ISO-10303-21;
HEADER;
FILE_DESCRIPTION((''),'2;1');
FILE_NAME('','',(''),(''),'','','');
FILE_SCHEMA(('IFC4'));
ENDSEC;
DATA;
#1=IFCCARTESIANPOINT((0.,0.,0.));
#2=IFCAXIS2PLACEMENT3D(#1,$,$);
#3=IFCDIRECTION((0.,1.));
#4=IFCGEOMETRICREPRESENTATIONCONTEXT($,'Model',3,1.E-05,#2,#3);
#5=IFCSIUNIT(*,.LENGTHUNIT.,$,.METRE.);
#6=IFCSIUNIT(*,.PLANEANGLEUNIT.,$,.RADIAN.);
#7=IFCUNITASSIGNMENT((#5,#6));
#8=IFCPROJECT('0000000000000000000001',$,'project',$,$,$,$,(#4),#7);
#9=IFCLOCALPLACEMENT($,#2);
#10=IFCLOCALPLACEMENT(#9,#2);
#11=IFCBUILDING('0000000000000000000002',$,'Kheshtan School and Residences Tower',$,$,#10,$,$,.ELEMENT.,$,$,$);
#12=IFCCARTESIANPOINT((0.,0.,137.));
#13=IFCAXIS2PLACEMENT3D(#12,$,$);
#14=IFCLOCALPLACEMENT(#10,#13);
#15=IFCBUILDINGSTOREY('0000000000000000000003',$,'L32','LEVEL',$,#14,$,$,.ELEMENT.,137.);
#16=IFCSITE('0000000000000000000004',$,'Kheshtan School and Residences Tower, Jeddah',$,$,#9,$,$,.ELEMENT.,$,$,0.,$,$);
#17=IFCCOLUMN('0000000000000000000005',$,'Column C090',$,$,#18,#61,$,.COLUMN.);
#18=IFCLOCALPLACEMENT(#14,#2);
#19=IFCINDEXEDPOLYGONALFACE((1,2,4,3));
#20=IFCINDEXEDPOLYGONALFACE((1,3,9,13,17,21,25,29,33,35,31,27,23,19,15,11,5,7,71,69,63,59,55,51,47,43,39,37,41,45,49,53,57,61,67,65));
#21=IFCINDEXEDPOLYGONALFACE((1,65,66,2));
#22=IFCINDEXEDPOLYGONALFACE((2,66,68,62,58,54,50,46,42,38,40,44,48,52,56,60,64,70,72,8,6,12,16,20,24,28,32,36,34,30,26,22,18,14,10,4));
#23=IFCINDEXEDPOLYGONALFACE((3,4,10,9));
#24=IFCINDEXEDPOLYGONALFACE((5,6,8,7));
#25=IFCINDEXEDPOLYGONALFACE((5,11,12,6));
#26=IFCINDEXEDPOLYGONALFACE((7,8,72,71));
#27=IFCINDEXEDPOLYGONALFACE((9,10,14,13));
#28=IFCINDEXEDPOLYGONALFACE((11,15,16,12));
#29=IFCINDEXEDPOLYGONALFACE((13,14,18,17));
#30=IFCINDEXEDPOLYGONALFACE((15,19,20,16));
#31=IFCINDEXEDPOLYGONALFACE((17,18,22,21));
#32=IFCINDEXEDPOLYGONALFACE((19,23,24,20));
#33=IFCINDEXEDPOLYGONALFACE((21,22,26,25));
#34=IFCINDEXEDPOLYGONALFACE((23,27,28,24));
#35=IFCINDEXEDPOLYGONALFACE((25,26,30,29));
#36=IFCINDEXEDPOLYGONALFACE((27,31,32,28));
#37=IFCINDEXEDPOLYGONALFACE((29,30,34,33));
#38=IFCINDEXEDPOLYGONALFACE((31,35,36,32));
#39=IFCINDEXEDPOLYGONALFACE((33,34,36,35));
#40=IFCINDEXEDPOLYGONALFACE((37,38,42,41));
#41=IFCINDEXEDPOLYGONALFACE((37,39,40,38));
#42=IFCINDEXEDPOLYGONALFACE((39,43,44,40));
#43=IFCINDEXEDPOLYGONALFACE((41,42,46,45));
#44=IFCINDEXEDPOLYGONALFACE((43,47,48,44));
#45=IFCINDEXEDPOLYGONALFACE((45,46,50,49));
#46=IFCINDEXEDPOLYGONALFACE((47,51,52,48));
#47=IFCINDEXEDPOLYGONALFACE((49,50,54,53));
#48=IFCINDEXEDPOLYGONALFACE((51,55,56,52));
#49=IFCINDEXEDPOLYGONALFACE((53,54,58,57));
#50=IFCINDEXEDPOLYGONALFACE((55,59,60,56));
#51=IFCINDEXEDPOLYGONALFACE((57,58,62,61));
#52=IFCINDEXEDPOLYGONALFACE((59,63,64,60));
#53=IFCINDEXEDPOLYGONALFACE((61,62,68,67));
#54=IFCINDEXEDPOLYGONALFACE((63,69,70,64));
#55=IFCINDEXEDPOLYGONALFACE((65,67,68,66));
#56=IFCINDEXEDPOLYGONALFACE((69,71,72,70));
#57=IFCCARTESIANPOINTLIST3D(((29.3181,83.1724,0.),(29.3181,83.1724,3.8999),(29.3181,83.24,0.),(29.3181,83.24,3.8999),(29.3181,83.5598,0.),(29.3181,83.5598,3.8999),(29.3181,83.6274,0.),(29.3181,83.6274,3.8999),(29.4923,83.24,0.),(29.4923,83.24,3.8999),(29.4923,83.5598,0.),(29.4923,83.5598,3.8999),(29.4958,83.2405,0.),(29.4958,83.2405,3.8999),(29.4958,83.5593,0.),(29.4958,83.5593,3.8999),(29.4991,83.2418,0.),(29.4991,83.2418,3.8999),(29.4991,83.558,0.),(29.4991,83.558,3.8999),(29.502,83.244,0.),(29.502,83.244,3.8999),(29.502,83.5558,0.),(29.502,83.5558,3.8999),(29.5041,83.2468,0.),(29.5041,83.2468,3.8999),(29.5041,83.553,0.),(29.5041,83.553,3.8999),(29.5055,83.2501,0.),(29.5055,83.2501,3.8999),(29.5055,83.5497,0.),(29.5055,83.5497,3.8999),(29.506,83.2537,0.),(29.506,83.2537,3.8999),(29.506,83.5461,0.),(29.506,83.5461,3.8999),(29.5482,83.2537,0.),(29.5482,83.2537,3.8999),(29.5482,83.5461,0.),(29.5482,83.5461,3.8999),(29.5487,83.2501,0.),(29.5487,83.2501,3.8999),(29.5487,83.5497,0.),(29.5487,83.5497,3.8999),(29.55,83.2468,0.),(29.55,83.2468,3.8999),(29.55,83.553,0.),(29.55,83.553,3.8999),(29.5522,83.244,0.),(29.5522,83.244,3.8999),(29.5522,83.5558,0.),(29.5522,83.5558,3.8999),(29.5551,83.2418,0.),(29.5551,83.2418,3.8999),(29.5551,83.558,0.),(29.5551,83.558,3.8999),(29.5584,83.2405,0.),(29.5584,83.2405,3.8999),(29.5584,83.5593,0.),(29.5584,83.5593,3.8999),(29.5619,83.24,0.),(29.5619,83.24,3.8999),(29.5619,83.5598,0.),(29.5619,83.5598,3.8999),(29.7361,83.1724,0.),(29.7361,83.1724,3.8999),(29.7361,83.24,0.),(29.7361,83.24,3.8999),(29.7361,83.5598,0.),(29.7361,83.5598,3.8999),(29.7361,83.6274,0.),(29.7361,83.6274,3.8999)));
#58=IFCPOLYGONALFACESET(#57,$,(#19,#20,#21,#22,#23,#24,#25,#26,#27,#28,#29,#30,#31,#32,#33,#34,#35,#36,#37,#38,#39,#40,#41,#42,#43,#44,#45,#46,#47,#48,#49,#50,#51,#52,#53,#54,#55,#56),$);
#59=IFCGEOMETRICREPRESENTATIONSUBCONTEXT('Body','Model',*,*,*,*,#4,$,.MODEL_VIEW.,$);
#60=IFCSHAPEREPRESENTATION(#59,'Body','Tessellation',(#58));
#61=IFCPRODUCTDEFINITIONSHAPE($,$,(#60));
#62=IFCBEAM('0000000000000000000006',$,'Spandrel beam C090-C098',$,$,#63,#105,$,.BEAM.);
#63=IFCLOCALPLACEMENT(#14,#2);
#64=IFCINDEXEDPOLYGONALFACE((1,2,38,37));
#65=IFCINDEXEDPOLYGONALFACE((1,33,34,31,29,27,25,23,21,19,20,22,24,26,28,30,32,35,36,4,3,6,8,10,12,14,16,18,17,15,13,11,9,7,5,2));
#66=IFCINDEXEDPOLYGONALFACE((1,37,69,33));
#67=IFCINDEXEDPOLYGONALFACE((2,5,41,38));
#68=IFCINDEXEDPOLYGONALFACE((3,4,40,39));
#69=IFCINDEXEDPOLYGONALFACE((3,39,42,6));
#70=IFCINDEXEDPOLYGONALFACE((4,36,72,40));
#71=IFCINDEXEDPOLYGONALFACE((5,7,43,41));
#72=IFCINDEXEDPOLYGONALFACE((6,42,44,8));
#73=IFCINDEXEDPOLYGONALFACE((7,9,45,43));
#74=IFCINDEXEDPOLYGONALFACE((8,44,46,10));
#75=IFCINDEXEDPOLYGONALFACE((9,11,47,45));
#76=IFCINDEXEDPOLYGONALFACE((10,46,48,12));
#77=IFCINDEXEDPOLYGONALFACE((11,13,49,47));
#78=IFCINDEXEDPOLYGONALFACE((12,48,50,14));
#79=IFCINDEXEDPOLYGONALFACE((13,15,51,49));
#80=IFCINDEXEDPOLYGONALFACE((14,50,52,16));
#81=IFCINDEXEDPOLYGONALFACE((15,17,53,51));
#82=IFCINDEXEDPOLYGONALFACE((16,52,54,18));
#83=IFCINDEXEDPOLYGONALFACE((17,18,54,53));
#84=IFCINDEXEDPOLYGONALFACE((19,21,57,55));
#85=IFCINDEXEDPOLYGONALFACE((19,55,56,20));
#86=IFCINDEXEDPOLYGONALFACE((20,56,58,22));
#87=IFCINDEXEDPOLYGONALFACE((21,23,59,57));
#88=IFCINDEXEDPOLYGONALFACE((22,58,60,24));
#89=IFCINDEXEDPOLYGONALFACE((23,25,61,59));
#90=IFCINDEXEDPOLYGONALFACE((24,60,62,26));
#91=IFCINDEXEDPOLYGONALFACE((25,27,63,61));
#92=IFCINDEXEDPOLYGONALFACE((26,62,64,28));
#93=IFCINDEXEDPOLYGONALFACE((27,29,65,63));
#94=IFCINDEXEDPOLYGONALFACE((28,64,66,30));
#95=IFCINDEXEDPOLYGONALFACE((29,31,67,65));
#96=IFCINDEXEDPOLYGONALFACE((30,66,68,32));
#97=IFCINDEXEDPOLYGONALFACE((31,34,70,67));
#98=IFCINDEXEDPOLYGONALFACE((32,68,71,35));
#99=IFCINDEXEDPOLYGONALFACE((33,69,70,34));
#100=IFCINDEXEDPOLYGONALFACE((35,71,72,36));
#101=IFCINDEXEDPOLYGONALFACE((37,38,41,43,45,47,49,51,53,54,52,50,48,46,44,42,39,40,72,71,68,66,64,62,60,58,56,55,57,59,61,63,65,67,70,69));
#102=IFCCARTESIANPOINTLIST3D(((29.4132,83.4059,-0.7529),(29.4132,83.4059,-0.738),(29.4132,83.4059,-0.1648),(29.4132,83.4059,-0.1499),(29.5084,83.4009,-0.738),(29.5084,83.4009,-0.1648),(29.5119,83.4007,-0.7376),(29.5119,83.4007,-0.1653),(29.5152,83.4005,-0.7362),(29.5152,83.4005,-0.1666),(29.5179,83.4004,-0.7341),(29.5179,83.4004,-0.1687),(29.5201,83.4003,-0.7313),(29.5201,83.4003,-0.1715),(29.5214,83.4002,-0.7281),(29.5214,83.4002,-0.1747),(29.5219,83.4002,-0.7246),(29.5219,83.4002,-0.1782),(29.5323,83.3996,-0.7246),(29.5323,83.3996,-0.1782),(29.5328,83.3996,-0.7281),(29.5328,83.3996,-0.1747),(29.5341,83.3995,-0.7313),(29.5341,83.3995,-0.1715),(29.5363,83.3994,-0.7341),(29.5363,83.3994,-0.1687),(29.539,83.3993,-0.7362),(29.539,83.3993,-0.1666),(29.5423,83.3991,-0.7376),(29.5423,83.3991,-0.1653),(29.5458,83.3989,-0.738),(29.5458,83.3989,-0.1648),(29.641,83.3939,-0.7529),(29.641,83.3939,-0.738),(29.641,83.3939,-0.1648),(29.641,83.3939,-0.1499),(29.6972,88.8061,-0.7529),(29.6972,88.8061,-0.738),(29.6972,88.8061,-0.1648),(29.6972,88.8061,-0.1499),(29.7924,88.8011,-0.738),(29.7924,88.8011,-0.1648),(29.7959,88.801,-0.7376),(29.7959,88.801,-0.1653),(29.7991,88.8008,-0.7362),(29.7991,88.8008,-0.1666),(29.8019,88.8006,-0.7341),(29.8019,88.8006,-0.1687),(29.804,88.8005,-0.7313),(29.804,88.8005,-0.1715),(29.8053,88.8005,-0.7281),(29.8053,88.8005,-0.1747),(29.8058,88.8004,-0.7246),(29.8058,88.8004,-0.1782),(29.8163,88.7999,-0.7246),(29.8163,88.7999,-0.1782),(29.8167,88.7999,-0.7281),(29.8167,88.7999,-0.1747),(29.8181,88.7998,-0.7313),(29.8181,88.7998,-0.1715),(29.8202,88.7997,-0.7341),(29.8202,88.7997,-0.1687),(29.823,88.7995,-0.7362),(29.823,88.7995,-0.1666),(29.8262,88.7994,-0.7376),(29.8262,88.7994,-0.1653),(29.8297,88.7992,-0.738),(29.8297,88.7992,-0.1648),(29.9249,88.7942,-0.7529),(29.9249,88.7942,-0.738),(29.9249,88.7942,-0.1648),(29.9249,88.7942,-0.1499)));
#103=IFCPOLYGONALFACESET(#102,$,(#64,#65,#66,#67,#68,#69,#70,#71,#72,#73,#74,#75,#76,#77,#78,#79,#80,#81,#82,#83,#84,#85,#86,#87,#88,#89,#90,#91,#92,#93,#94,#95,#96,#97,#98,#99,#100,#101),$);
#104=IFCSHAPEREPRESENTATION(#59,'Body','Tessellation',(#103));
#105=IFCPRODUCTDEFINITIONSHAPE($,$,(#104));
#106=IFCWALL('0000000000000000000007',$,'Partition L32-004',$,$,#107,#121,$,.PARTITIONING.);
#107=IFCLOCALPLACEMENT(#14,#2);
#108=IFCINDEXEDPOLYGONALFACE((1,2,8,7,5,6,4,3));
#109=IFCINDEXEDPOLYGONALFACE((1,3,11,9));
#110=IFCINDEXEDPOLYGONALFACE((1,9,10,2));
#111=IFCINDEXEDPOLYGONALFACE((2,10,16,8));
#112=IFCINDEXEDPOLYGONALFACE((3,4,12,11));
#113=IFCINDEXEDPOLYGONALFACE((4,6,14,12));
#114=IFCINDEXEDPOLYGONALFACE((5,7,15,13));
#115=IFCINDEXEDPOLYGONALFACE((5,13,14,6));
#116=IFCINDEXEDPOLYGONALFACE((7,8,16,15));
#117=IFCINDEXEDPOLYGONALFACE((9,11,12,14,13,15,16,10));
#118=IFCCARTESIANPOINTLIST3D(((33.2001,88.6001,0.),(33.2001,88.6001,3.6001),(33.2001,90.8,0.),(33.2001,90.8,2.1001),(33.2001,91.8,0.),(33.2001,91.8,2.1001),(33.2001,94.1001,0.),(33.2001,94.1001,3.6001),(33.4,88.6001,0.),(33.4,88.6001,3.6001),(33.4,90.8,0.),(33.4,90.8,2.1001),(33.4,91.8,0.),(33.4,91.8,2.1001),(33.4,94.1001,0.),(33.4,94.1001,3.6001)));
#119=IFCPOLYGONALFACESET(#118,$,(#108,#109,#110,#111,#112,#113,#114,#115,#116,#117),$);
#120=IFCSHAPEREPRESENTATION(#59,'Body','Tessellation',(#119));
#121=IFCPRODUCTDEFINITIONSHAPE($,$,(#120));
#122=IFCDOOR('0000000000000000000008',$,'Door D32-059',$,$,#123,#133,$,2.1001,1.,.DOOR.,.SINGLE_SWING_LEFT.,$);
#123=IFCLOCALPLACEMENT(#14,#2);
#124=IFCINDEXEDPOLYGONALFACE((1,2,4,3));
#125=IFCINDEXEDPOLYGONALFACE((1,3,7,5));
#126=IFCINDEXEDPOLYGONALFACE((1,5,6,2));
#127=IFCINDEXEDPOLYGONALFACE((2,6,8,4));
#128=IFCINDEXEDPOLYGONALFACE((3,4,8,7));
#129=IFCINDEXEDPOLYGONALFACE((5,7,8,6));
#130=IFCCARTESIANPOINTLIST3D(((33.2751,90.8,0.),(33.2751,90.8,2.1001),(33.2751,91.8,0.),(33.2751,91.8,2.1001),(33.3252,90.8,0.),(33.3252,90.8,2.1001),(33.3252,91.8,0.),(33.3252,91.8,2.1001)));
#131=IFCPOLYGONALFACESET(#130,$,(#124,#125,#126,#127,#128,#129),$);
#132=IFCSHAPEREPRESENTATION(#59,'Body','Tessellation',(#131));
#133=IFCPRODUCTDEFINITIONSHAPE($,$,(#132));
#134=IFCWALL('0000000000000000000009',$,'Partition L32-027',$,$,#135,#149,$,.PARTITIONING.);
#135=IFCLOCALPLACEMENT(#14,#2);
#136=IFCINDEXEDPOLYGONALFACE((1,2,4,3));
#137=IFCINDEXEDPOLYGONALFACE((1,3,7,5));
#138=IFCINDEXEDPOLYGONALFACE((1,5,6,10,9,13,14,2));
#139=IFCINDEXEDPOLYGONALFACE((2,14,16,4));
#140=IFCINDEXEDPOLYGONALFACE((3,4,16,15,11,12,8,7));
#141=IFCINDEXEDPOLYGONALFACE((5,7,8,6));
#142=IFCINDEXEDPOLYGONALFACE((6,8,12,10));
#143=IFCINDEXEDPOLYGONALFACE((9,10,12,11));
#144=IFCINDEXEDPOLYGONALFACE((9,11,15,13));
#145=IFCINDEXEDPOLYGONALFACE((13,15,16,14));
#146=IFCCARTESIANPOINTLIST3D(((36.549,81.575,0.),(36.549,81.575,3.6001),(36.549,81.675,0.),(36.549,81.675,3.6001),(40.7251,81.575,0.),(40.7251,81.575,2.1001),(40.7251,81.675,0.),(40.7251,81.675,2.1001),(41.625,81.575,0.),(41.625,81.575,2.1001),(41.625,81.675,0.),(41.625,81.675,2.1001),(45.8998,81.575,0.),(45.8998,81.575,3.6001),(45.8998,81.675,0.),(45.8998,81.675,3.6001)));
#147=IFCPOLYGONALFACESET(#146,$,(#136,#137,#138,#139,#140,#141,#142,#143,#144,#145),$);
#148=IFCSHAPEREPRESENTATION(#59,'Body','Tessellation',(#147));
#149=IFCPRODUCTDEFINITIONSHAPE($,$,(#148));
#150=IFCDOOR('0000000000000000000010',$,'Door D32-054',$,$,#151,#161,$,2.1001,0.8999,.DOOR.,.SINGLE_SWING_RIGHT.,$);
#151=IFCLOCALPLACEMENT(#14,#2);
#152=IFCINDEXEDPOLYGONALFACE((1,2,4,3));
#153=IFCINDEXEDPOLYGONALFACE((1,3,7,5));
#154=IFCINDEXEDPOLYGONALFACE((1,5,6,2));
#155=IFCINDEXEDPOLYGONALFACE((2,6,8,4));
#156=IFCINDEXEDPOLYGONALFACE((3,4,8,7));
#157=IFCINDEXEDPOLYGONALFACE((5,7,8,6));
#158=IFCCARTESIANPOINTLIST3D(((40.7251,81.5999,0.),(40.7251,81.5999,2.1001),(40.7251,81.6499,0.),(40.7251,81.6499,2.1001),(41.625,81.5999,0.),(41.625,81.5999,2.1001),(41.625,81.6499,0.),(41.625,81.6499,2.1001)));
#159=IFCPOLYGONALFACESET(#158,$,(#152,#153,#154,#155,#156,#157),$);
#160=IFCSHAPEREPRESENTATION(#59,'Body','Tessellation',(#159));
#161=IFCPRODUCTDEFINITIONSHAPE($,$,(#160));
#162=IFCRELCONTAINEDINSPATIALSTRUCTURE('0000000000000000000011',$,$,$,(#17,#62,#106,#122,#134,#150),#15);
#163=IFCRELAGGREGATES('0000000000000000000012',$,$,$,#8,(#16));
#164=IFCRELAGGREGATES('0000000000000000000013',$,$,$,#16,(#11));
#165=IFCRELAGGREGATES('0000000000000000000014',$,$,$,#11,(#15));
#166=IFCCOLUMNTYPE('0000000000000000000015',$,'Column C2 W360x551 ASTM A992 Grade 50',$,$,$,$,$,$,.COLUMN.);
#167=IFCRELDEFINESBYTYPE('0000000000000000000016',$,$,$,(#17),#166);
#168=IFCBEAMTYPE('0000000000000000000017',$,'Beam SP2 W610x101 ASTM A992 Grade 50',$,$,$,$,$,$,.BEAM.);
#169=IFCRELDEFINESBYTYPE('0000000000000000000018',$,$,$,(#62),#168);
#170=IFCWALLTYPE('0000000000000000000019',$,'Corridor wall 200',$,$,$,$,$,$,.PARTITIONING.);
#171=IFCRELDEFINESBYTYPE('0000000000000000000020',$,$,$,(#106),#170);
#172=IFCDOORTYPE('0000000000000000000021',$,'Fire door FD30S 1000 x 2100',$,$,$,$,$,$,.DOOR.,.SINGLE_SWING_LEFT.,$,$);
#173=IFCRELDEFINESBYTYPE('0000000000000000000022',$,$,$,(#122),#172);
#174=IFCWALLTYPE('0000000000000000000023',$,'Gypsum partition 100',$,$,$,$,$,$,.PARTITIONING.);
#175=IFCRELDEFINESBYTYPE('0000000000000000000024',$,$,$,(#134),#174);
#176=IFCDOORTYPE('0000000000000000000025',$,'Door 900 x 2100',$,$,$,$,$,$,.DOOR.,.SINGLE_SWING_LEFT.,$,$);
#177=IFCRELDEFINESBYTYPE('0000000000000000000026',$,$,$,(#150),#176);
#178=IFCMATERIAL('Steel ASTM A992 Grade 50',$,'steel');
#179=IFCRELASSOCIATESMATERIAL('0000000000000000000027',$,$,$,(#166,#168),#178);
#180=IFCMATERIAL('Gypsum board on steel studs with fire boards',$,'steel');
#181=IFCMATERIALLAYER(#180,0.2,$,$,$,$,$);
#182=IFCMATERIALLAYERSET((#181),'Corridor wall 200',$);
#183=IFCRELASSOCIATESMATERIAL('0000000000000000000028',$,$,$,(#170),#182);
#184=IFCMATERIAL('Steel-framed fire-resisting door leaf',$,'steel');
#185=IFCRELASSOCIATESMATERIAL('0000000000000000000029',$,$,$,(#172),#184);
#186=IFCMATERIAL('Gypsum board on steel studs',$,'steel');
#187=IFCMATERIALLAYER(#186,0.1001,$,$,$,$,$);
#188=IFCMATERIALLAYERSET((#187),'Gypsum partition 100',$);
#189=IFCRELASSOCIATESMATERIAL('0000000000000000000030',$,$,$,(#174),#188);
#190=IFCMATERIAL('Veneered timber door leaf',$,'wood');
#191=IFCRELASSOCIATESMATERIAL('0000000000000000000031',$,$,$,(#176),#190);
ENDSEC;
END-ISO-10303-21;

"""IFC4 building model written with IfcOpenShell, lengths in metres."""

from ifc_helpers import new_model, si_unit, direction, frame, frame_2d, origin, origin_2d, place, context, subcontext, project, spatial, rectangle, i_section, extrude, source, transform, mapped, material, layer, layer_set, material_profile, profile_set, type_object, element, fill, save


model = new_model("IFC4")

# Units and contexts
model_context = context("Model", 3, precision=1e-05, world=origin(), true_north=direction((0.0, 1.0)))
body_context = subcontext(model_context, "Body", "Model", "MODEL_VIEW")
ifc_project = project(units=[si_unit("LENGTHUNIT", "METRE"), si_unit("PLANEANGLEUNIT", "RADIAN")], contexts=[model_context])

# Site, building, storey
site_placement = place(None, origin())
site = spatial("IfcSite", under=ifc_project, at=site_placement, Name="Kheshtan School and Residences Tower, Jeddah", CompositionType="ELEMENT", RefElevation=0.0)
building_placement = place(site_placement, origin())
building = spatial("IfcBuilding", under=site, at=building_placement, Name="Kheshtan School and Residences Tower", CompositionType="ELEMENT")
storey_placement = place(building_placement, frame((0.0, 0.0, 137.0)))
storey = spatial("IfcBuildingStorey", under=building, at=storey_placement, Name="L32", Description="LEVEL", CompositionType="ELEMENT", Elevation=137.0)

# Column
ifc_material_1 = material(Name="Steel ASTM A992 Grade 50", Category="steel")
ifc_material_profile_1 = material_profile(ifc_material_1, i_section(OverallWidth=0.418, OverallDepth=0.4551, WebThickness=0.0422, FlangeThickness=0.0676, FilletRadius=0.0137, at=origin_2d()), Name="W360x551")
ifc_profile_set_1 = profile_set([ifc_material_profile_1], Name="Steel ASTM A992 Grade 50")
column_type = type_object("IfcColumnType", Name="Column C2 W360x551 ASTM A992 Grade 50", PredefinedType="COLUMN", material=ifc_profile_set_1)
column_placement = place(storey_placement, frame((29.5271, 83.3999, 0.0), z_axis=(0.0, 0.0, 1.0), x_axis=(1.0, 0.0, 0.0)))
element("IfcColumn", 1, at=column_placement, inside=storey, type_object=column_type, Name="Column C090", PredefinedType="COLUMN", context=body_context, shape_type="SweptSolid", body=[
    extrude(i_section(OverallWidth=0.418, OverallDepth=0.4551, WebThickness=0.0422, FlangeThickness=0.0676, FilletRadius=0.0137, at=origin_2d()), origin(), (0.0, 0.0, 1.0), 3.8999),
])

# Beam
ifc_material_profile_2 = material_profile(ifc_material_1, i_section(OverallWidth=0.228, OverallDepth=0.603, WebThickness=0.0105, FlangeThickness=0.0149, FilletRadius=0.0134, at=origin_2d()), Name="W610x101")
ifc_profile_set_2 = profile_set([ifc_material_profile_2], Name="Steel ASTM A992 Grade 50")
beam_type = type_object("IfcBeamType", Name="Beam SP2 W610x101 ASTM A992 Grade 50", PredefinedType="BEAM", material=ifc_profile_set_2)
beam_placement = place(storey_placement, frame((29.5271, 83.3999, -0.4514), z_axis=(0.052507, 0.998621, 0.0), x_axis=(-0.998621, 0.052507, 0.0)))
element("IfcBeam", 2, at=beam_placement, inside=storey, type_object=beam_type, Name="Spandrel beam C090-C098", PredefinedType="BEAM", context=body_context, shape_type="SweptSolid", body=[
    extrude(i_section(OverallWidth=0.228, OverallDepth=0.603, WebThickness=0.0105, FlangeThickness=0.0149, FilletRadius=0.0134, at=origin_2d()), origin(), (0.0, 0.0, 1.0), 5.4077),
])

# Walls, openings, doors
ifc_material_2 = material(Name="Gypsum board on steel studs with fire boards", Category="steel")
ifc_layer_1 = layer(ifc_material_2, 0.2)
ifc_layer_set_1 = layer_set([ifc_layer_1], Name="Corridor wall 200")
wall_type_1 = type_object("IfcWallType", Name="Corridor wall 200", PredefinedType="PARTITIONING", material=ifc_layer_set_1)
wall_1_placement = place(storey_placement, frame((33.3, 88.6001, 0.0), z_axis=(0.0, 0.0, 1.0), x_axis=(0.0, 1.0, 0.0)))
wall_1 = element("IfcWall", 3, at=wall_1_placement, inside=storey, type_object=wall_type_1, Name="Partition L32-004", PredefinedType="PARTITIONING", context=body_context, shape_type="SweptSolid", body=[
    extrude(rectangle(XDim=5.5, YDim=0.2, at=frame_2d((2.75, 0.0))), origin(), (0.0, 0.0, 1.0), 3.6001),
])
opening_1_placement = place(wall_1_placement, frame((2.2, 0.0, 0.0)))
opening_1 = element("IfcOpeningElement", 4, at=opening_1_placement, cuts=wall_1, PredefinedType="OPENING", context=body_context, shape_type="SweptSolid", body=[
    extrude(rectangle(XDim=1.0, YDim=2.1001, at=frame_2d((0.5, 1.05))), frame((0.0, 0.1099, 0.0), z_axis=(0.0, -1.0, 0.0), x_axis=(1.0, 0.0, 0.0)), (0.0, 0.0, 1.0), 0.22),
])
ifc_material_3 = material(Name="Steel-framed fire-resisting door leaf", Category="steel")
door_type_1 = type_object("IfcDoorType", Name="Fire door FD30S 1000 x 2100", OperationType="SINGLE_SWING_LEFT", PredefinedType="DOOR", material=ifc_material_3)
shared_shape_1 = source(origin(), body_context, "Body", "SweptSolid", [
    extrude(rectangle(XDim=1.0, YDim=2.1001, at=frame_2d((0.5, 1.05))), frame((0.0, 0.0249, 0.0), z_axis=(0.0, -1.0, 0.0), x_axis=(1.0, 0.0, 0.0)), (0.0, 0.0, 1.0), 0.05),
])
door_1_placement = place(opening_1_placement, origin())
door_1 = element("IfcDoor", 5, at=door_1_placement, inside=storey, type_object=door_type_1, Name="Door D32-059", OperationType="SINGLE_SWING_LEFT", OverallHeight=2.1001, OverallWidth=1.0, PredefinedType="DOOR", context=body_context, shape_type="MappedRepresentation", body=[
    mapped(shared_shape_1, transform((0.0, 0.0, 0.0), x_axis=(1.0, 0.0, 0.0), y_axis=(0.0, 1.0, 0.0), z_axis=(0.0, 0.0, 1.0), scale=1.0)),
])
fill(opening_1, door_1)
ifc_material_4 = material(Name="Gypsum board on steel studs", Category="steel")
ifc_layer_2 = layer(ifc_material_4, 0.1001)
ifc_layer_set_2 = layer_set([ifc_layer_2], Name="Gypsum partition 100")
wall_type_2 = type_object("IfcWallType", Name="Gypsum partition 100", PredefinedType="PARTITIONING", material=ifc_layer_set_2)
wall_2_placement = place(storey_placement, frame((36.5491, 81.625, 0.0), z_axis=(0.0, 0.0, 1.0), x_axis=(1.0, 0.0, 0.0)))
wall_2 = element("IfcWall", 6, at=wall_2_placement, inside=storey, type_object=wall_type_2, Name="Partition L32-027", PredefinedType="PARTITIONING", context=body_context, shape_type="SweptSolid", body=[
    extrude(rectangle(XDim=9.3508, YDim=0.1001, at=frame_2d((4.6753, 0.0))), origin(), (0.0, 0.0, 1.0), 3.6001),
])
opening_2_placement = place(wall_2_placement, frame((4.176, 0.0, 0.0)))
opening_2 = element("IfcOpeningElement", 7, at=opening_2_placement, cuts=wall_2, PredefinedType="OPENING", context=body_context, shape_type="SweptSolid", body=[
    extrude(rectangle(XDim=0.8999, YDim=2.1001, at=frame_2d((0.45, 1.05))), frame((0.0, 0.0601, 0.0), z_axis=(0.0, -1.0, 0.0), x_axis=(1.0, 0.0, 0.0)), (0.0, 0.0, 1.0), 0.1201),
])
ifc_material_5 = material(Name="Veneered timber door leaf", Category="wood")
door_type_2 = type_object("IfcDoorType", Name="Door 900 x 2100", OperationType="SINGLE_SWING_LEFT", PredefinedType="DOOR", material=ifc_material_5)
shared_shape_2 = source(origin(), body_context, "Body", "SweptSolid", [
    extrude(rectangle(XDim=0.8999, YDim=2.1001, at=frame_2d((0.45, 1.05))), frame((0.0, 0.0249, 0.0), z_axis=(0.0, -1.0, 0.0), x_axis=(1.0, 0.0, 0.0)), (0.0, 0.0, 1.0), 0.05),
])
door_2_placement = place(opening_2_placement, origin())
door_2 = element("IfcDoor", 8, at=door_2_placement, inside=storey, type_object=door_type_2, Name="Door D32-054", OperationType="SINGLE_SWING_RIGHT", OverallHeight=2.1001, OverallWidth=0.8999, PredefinedType="DOOR", context=body_context, shape_type="MappedRepresentation", body=[
    mapped(shared_shape_2, transform((0.0, 0.0, 0.0), x_axis=(1.0, 0.0, 0.0), y_axis=(0.0, 1.0, 0.0), z_axis=(0.0, 0.0, 1.0), scale=1.0)),
])
fill(opening_2, door_2)

save(model, "model.ifc")
